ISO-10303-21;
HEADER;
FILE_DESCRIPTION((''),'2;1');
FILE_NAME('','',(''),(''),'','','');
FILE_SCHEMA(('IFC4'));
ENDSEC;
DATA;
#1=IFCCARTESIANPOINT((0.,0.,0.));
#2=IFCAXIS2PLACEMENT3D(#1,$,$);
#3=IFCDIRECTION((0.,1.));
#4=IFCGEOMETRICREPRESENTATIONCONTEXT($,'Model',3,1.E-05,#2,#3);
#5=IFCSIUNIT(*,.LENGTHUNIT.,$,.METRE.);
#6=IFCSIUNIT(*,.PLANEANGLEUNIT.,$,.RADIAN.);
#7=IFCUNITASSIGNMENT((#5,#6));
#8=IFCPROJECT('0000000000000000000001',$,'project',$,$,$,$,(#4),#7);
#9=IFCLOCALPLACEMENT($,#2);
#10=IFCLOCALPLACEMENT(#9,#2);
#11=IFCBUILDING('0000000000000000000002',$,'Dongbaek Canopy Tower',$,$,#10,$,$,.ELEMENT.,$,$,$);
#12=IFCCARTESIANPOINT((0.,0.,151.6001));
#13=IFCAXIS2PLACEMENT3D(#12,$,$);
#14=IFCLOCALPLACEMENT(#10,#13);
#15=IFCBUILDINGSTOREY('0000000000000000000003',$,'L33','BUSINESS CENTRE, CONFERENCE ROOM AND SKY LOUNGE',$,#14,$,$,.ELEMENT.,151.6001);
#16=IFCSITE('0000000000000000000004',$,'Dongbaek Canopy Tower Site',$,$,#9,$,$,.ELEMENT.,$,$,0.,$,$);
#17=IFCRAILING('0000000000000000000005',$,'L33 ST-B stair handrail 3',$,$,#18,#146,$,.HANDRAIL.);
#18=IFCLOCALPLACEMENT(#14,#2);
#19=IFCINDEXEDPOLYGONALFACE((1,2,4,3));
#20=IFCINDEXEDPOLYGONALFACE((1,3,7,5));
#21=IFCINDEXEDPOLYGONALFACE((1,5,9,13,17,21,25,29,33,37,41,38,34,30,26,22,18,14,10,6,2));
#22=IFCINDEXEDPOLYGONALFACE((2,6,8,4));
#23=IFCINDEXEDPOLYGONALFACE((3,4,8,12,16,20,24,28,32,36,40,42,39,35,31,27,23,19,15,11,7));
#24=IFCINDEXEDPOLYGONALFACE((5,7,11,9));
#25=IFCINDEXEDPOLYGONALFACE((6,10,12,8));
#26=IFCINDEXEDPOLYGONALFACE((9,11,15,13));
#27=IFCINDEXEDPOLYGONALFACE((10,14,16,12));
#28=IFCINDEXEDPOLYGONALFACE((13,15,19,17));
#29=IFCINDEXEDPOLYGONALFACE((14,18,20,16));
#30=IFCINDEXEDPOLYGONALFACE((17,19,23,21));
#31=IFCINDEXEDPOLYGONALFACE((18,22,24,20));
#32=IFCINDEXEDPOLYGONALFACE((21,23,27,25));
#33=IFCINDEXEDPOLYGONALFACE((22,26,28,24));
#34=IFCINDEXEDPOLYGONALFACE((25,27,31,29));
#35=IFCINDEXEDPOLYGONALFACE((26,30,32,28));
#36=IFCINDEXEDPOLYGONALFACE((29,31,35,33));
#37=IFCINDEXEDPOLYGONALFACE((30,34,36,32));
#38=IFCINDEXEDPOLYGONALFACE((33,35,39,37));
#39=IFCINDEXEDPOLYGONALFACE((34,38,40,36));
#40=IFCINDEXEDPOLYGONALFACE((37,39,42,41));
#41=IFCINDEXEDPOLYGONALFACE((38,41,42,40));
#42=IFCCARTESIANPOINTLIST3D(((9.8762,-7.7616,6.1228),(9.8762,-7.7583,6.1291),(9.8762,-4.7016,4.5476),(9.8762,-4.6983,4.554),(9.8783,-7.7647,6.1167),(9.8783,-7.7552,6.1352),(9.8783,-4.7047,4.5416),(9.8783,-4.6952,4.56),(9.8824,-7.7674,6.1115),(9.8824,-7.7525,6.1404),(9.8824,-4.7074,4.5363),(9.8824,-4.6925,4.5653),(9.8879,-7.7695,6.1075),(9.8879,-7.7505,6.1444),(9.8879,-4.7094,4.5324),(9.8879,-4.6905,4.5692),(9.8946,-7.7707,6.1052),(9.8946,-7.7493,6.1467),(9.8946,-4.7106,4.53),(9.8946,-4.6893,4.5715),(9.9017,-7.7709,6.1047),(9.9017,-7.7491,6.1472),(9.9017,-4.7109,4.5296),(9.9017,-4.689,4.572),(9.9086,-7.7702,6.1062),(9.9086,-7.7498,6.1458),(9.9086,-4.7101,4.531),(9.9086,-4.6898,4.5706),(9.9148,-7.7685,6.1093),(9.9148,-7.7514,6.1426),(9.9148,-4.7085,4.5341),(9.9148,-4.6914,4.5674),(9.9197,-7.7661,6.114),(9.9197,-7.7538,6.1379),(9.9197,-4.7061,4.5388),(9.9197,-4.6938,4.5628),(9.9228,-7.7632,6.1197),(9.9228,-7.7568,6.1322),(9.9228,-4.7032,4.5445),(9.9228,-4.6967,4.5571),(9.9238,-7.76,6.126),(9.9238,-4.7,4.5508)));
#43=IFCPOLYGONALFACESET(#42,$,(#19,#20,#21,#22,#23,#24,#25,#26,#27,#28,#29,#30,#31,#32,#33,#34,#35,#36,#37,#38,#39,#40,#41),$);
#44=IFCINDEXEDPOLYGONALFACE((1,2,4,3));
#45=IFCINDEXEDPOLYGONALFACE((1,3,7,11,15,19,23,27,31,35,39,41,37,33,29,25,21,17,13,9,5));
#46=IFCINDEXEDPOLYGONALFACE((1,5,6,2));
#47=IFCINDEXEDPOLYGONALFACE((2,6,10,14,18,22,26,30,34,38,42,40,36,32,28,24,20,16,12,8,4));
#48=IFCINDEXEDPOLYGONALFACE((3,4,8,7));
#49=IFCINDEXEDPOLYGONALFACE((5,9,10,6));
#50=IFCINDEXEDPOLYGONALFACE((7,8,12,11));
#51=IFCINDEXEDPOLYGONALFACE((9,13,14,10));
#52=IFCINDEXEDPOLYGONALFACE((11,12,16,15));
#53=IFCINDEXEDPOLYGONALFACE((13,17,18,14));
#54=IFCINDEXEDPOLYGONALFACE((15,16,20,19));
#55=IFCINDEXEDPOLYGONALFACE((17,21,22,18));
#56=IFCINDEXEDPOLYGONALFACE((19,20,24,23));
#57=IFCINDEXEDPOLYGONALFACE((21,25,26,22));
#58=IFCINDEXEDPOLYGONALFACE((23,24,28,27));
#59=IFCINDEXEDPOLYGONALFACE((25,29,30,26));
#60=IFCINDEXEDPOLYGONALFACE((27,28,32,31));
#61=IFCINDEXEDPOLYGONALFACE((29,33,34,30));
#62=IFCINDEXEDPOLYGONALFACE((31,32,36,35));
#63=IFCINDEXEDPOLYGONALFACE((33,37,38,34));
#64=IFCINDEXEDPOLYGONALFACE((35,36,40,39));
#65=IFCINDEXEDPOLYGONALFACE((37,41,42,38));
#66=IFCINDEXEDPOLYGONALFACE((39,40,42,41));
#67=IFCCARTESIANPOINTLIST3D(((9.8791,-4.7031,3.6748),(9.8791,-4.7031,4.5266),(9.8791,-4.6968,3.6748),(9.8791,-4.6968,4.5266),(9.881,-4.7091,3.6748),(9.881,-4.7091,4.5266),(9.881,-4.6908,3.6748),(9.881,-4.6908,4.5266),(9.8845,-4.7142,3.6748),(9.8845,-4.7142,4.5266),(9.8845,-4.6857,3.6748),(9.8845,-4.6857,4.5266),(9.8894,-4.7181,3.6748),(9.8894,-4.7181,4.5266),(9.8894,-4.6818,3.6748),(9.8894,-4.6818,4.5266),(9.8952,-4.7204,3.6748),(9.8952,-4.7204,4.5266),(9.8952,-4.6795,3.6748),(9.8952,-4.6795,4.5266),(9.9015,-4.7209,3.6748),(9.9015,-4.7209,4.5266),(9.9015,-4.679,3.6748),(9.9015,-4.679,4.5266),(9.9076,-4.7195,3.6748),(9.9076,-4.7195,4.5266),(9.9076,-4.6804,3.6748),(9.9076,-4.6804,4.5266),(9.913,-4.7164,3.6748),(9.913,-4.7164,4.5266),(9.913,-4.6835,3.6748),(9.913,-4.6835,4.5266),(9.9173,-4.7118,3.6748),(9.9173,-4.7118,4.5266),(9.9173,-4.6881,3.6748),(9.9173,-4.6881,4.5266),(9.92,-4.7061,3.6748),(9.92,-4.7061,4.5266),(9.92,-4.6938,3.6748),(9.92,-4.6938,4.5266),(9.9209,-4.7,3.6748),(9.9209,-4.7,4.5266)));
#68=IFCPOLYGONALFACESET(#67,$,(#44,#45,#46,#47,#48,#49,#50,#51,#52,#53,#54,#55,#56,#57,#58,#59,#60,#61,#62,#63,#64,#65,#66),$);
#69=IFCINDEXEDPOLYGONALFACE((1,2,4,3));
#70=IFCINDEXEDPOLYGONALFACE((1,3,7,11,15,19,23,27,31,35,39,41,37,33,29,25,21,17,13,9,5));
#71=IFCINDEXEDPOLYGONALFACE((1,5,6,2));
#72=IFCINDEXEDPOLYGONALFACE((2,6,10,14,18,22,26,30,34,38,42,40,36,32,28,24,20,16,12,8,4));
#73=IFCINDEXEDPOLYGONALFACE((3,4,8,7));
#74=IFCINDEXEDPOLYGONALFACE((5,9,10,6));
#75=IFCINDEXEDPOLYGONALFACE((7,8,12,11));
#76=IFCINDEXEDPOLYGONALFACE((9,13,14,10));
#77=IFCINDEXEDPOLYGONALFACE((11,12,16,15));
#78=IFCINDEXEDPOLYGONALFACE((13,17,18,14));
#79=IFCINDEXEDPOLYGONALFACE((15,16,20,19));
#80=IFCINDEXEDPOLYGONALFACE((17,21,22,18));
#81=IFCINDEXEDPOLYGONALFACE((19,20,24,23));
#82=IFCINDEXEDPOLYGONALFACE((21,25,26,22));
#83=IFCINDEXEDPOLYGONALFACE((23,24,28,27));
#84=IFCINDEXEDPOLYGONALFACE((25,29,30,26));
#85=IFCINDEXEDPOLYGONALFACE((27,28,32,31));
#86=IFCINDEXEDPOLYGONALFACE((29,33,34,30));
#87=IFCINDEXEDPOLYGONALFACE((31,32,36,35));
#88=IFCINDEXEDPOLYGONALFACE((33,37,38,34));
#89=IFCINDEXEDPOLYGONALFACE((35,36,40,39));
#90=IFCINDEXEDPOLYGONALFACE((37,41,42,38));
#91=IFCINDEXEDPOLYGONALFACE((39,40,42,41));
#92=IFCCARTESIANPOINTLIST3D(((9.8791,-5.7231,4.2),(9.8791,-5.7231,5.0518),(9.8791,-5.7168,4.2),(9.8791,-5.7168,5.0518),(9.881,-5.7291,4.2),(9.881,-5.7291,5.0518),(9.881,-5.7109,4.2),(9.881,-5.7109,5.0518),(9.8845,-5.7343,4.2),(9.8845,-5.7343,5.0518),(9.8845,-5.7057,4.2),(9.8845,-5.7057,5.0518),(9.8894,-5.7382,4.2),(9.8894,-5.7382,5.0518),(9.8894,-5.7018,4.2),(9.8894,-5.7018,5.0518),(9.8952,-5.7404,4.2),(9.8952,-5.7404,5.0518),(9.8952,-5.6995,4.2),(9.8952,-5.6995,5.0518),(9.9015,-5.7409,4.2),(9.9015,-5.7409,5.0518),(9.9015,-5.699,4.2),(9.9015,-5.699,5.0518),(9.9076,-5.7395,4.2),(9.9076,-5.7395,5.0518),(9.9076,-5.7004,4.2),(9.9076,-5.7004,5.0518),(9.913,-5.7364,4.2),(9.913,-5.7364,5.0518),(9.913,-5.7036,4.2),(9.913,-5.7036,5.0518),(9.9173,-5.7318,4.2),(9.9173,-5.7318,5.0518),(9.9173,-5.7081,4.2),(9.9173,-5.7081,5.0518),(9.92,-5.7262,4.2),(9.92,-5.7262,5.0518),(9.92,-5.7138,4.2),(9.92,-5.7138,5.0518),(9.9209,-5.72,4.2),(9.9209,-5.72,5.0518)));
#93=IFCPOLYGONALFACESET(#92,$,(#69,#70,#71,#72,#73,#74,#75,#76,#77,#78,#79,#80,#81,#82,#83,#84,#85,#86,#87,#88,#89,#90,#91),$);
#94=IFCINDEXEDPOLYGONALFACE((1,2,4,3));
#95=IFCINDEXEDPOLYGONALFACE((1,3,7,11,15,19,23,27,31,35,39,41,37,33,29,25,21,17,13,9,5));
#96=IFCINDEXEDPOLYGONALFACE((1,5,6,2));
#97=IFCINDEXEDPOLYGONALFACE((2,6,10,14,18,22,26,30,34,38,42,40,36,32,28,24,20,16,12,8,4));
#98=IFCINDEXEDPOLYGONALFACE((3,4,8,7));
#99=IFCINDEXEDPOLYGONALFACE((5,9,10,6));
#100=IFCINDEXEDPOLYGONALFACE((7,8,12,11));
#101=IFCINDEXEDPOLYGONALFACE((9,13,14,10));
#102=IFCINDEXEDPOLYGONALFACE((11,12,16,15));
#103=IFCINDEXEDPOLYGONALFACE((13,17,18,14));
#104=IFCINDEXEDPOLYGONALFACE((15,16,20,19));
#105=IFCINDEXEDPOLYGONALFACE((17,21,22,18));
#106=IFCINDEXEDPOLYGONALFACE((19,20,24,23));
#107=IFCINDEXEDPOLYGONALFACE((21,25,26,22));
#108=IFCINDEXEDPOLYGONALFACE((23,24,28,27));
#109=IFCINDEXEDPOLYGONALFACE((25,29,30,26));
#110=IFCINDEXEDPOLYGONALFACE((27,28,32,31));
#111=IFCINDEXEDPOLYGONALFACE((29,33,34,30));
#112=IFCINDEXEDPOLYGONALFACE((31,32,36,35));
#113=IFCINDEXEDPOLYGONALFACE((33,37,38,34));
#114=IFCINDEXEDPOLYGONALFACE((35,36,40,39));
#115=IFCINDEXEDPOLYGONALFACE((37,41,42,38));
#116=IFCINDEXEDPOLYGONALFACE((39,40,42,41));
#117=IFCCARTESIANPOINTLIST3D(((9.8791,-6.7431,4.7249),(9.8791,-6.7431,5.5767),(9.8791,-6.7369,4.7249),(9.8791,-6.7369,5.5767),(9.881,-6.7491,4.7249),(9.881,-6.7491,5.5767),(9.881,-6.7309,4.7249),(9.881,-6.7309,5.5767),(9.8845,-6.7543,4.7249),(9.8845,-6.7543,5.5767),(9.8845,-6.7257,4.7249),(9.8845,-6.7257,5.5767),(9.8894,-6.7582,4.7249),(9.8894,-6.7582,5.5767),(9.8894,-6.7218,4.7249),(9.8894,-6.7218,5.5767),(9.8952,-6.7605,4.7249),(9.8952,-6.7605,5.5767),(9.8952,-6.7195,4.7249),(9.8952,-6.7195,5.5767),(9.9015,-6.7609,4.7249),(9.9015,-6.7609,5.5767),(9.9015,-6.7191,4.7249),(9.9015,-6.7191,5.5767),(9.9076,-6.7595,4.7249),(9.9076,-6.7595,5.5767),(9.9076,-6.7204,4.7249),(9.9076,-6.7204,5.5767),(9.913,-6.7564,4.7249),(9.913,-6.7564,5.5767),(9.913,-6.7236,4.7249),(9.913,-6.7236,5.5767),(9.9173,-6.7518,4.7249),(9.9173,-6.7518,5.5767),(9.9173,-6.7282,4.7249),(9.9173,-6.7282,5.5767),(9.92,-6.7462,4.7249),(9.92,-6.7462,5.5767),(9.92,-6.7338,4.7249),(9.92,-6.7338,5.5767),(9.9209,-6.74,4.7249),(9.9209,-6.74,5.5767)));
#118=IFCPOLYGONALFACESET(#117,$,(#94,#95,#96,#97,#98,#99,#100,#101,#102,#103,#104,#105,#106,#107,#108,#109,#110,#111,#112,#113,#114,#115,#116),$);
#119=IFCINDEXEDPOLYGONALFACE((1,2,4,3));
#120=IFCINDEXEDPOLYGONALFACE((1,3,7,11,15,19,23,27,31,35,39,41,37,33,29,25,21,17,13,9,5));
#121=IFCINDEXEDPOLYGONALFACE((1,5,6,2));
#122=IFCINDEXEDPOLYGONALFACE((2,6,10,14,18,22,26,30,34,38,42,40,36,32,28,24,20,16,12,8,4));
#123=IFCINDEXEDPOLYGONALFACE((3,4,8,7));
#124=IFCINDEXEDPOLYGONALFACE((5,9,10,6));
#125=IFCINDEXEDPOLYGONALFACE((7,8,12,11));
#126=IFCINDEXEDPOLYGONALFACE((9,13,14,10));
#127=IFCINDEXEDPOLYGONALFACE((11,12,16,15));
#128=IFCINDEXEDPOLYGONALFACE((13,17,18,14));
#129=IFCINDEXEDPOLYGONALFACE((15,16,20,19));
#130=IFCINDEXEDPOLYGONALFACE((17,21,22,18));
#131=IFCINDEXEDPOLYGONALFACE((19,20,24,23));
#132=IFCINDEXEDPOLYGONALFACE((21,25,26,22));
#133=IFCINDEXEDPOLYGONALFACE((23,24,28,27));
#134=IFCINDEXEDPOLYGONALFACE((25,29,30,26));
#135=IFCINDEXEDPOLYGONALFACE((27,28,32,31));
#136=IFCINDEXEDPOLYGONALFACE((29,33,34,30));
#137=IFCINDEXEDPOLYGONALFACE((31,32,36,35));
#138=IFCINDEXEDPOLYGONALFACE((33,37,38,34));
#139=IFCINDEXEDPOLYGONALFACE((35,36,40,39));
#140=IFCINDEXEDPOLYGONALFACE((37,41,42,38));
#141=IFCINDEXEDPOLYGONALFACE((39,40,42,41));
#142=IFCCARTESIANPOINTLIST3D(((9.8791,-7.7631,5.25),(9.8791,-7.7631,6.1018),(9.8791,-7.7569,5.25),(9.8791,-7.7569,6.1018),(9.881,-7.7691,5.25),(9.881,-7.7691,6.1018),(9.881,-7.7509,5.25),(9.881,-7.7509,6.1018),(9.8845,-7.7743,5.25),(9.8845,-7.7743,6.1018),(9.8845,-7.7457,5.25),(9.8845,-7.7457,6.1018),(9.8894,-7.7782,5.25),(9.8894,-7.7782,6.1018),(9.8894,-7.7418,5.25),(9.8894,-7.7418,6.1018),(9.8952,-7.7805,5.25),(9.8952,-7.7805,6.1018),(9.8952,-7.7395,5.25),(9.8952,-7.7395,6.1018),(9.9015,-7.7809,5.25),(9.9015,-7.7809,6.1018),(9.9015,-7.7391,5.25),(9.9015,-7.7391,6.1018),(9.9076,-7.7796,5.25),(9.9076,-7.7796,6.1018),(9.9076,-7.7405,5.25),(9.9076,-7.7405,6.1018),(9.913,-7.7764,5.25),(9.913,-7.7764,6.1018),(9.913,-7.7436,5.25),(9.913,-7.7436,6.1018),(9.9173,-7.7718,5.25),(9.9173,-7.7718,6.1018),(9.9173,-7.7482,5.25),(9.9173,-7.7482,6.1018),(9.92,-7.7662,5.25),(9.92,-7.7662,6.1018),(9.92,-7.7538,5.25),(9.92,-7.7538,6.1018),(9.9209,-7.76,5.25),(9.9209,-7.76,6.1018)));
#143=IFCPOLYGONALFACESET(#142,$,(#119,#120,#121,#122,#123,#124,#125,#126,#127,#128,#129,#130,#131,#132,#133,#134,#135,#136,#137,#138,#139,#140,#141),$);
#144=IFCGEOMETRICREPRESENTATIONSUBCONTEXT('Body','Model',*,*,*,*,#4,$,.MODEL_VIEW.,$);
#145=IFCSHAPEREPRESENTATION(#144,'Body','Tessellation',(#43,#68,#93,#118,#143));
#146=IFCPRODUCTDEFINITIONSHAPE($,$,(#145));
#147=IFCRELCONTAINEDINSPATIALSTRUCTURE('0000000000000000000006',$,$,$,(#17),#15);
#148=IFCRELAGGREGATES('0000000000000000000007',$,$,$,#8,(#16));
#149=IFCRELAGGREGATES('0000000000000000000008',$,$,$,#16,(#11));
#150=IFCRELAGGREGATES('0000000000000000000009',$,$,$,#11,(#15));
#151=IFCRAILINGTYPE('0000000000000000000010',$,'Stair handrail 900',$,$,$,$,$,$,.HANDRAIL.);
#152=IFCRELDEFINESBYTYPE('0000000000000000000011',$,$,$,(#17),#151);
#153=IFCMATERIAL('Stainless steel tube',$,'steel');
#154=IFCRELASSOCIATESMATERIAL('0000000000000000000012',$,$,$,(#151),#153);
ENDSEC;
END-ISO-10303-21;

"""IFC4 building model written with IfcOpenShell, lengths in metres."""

from ifc_helpers import new_model, si_unit, direction, frame, origin, origin_2d, place, context, subcontext, project, spatial, circle, extrude, material, type_object, element, save


model = new_model("IFC4")

# Units and contexts
model_context = context("Model", 3, precision=1e-05, world=origin(), true_north=direction((0.0, 1.0)))
body_context = subcontext(model_context, "Body", "Model", "MODEL_VIEW")
ifc_project = project(units=[si_unit("LENGTHUNIT", "METRE"), si_unit("PLANEANGLEUNIT", "RADIAN")], contexts=[model_context])

# Site, building, storey
site_placement = place(None, origin())
site = spatial("IfcSite", under=ifc_project, at=site_placement, Name="Dongbaek Canopy Tower Site", CompositionType="ELEMENT", RefElevation=0.0)
building_placement = place(site_placement, origin())
building = spatial("IfcBuilding", under=site, at=building_placement, Name="Dongbaek Canopy Tower", CompositionType="ELEMENT")
storey_placement = place(building_placement, frame((0.0, 0.0, 151.6001)))
storey = spatial("IfcBuildingStorey", under=building, at=storey_placement, Name="L33", Description="BUSINESS CENTRE, CONFERENCE ROOM AND SKY LOUNGE", CompositionType="ELEMENT", Elevation=151.6001)

# Railing
ifc_material_1 = material(Name="Stainless steel tube", Category="steel")
railing_type_1 = type_object("IfcRailingType", Name="Stair handrail 900", PredefinedType="HANDRAIL", material=ifc_material_1)
for number, where, name in (
    (1, (9.8999, -4.7, 3.6748), "L33 ST-B stair handrail 3"),
):
    element("IfcRailing", number, at=place(storey_placement, frame(where)), inside=storey, type_object=railing_type_1, Name=name, PredefinedType="HANDRAIL", context=body_context, shape_type="SweptSolid", body=[
        extrude(circle(Radius=0.0239, at=origin_2d()), frame((0.0, 0.0, 0.876), z_axis=(0.0, -0.889116, 0.457681), x_axis=(1.0, 0.0, 0.0)), (0.0, 0.0, 1.0), 3.4417),
        extrude(circle(Radius=0.021, at=origin_2d()), origin(), (0.0, 0.0, 1.0), 0.8518),
        extrude(circle(Radius=0.021, at=origin_2d()), frame((0.0, -1.02, 0.5251)), (0.0, 0.0, 1.0), 0.8518),
        extrude(circle(Radius=0.021, at=origin_2d()), frame((0.0, -2.04, 1.05)), (0.0, 0.0, 1.0), 0.8518),
        extrude(circle(Radius=0.021, at=origin_2d()), frame((0.0, -3.0601, 1.5752)), (0.0, 0.0, 1.0), 0.8518),
    ])

save(model, "model.ifc")
